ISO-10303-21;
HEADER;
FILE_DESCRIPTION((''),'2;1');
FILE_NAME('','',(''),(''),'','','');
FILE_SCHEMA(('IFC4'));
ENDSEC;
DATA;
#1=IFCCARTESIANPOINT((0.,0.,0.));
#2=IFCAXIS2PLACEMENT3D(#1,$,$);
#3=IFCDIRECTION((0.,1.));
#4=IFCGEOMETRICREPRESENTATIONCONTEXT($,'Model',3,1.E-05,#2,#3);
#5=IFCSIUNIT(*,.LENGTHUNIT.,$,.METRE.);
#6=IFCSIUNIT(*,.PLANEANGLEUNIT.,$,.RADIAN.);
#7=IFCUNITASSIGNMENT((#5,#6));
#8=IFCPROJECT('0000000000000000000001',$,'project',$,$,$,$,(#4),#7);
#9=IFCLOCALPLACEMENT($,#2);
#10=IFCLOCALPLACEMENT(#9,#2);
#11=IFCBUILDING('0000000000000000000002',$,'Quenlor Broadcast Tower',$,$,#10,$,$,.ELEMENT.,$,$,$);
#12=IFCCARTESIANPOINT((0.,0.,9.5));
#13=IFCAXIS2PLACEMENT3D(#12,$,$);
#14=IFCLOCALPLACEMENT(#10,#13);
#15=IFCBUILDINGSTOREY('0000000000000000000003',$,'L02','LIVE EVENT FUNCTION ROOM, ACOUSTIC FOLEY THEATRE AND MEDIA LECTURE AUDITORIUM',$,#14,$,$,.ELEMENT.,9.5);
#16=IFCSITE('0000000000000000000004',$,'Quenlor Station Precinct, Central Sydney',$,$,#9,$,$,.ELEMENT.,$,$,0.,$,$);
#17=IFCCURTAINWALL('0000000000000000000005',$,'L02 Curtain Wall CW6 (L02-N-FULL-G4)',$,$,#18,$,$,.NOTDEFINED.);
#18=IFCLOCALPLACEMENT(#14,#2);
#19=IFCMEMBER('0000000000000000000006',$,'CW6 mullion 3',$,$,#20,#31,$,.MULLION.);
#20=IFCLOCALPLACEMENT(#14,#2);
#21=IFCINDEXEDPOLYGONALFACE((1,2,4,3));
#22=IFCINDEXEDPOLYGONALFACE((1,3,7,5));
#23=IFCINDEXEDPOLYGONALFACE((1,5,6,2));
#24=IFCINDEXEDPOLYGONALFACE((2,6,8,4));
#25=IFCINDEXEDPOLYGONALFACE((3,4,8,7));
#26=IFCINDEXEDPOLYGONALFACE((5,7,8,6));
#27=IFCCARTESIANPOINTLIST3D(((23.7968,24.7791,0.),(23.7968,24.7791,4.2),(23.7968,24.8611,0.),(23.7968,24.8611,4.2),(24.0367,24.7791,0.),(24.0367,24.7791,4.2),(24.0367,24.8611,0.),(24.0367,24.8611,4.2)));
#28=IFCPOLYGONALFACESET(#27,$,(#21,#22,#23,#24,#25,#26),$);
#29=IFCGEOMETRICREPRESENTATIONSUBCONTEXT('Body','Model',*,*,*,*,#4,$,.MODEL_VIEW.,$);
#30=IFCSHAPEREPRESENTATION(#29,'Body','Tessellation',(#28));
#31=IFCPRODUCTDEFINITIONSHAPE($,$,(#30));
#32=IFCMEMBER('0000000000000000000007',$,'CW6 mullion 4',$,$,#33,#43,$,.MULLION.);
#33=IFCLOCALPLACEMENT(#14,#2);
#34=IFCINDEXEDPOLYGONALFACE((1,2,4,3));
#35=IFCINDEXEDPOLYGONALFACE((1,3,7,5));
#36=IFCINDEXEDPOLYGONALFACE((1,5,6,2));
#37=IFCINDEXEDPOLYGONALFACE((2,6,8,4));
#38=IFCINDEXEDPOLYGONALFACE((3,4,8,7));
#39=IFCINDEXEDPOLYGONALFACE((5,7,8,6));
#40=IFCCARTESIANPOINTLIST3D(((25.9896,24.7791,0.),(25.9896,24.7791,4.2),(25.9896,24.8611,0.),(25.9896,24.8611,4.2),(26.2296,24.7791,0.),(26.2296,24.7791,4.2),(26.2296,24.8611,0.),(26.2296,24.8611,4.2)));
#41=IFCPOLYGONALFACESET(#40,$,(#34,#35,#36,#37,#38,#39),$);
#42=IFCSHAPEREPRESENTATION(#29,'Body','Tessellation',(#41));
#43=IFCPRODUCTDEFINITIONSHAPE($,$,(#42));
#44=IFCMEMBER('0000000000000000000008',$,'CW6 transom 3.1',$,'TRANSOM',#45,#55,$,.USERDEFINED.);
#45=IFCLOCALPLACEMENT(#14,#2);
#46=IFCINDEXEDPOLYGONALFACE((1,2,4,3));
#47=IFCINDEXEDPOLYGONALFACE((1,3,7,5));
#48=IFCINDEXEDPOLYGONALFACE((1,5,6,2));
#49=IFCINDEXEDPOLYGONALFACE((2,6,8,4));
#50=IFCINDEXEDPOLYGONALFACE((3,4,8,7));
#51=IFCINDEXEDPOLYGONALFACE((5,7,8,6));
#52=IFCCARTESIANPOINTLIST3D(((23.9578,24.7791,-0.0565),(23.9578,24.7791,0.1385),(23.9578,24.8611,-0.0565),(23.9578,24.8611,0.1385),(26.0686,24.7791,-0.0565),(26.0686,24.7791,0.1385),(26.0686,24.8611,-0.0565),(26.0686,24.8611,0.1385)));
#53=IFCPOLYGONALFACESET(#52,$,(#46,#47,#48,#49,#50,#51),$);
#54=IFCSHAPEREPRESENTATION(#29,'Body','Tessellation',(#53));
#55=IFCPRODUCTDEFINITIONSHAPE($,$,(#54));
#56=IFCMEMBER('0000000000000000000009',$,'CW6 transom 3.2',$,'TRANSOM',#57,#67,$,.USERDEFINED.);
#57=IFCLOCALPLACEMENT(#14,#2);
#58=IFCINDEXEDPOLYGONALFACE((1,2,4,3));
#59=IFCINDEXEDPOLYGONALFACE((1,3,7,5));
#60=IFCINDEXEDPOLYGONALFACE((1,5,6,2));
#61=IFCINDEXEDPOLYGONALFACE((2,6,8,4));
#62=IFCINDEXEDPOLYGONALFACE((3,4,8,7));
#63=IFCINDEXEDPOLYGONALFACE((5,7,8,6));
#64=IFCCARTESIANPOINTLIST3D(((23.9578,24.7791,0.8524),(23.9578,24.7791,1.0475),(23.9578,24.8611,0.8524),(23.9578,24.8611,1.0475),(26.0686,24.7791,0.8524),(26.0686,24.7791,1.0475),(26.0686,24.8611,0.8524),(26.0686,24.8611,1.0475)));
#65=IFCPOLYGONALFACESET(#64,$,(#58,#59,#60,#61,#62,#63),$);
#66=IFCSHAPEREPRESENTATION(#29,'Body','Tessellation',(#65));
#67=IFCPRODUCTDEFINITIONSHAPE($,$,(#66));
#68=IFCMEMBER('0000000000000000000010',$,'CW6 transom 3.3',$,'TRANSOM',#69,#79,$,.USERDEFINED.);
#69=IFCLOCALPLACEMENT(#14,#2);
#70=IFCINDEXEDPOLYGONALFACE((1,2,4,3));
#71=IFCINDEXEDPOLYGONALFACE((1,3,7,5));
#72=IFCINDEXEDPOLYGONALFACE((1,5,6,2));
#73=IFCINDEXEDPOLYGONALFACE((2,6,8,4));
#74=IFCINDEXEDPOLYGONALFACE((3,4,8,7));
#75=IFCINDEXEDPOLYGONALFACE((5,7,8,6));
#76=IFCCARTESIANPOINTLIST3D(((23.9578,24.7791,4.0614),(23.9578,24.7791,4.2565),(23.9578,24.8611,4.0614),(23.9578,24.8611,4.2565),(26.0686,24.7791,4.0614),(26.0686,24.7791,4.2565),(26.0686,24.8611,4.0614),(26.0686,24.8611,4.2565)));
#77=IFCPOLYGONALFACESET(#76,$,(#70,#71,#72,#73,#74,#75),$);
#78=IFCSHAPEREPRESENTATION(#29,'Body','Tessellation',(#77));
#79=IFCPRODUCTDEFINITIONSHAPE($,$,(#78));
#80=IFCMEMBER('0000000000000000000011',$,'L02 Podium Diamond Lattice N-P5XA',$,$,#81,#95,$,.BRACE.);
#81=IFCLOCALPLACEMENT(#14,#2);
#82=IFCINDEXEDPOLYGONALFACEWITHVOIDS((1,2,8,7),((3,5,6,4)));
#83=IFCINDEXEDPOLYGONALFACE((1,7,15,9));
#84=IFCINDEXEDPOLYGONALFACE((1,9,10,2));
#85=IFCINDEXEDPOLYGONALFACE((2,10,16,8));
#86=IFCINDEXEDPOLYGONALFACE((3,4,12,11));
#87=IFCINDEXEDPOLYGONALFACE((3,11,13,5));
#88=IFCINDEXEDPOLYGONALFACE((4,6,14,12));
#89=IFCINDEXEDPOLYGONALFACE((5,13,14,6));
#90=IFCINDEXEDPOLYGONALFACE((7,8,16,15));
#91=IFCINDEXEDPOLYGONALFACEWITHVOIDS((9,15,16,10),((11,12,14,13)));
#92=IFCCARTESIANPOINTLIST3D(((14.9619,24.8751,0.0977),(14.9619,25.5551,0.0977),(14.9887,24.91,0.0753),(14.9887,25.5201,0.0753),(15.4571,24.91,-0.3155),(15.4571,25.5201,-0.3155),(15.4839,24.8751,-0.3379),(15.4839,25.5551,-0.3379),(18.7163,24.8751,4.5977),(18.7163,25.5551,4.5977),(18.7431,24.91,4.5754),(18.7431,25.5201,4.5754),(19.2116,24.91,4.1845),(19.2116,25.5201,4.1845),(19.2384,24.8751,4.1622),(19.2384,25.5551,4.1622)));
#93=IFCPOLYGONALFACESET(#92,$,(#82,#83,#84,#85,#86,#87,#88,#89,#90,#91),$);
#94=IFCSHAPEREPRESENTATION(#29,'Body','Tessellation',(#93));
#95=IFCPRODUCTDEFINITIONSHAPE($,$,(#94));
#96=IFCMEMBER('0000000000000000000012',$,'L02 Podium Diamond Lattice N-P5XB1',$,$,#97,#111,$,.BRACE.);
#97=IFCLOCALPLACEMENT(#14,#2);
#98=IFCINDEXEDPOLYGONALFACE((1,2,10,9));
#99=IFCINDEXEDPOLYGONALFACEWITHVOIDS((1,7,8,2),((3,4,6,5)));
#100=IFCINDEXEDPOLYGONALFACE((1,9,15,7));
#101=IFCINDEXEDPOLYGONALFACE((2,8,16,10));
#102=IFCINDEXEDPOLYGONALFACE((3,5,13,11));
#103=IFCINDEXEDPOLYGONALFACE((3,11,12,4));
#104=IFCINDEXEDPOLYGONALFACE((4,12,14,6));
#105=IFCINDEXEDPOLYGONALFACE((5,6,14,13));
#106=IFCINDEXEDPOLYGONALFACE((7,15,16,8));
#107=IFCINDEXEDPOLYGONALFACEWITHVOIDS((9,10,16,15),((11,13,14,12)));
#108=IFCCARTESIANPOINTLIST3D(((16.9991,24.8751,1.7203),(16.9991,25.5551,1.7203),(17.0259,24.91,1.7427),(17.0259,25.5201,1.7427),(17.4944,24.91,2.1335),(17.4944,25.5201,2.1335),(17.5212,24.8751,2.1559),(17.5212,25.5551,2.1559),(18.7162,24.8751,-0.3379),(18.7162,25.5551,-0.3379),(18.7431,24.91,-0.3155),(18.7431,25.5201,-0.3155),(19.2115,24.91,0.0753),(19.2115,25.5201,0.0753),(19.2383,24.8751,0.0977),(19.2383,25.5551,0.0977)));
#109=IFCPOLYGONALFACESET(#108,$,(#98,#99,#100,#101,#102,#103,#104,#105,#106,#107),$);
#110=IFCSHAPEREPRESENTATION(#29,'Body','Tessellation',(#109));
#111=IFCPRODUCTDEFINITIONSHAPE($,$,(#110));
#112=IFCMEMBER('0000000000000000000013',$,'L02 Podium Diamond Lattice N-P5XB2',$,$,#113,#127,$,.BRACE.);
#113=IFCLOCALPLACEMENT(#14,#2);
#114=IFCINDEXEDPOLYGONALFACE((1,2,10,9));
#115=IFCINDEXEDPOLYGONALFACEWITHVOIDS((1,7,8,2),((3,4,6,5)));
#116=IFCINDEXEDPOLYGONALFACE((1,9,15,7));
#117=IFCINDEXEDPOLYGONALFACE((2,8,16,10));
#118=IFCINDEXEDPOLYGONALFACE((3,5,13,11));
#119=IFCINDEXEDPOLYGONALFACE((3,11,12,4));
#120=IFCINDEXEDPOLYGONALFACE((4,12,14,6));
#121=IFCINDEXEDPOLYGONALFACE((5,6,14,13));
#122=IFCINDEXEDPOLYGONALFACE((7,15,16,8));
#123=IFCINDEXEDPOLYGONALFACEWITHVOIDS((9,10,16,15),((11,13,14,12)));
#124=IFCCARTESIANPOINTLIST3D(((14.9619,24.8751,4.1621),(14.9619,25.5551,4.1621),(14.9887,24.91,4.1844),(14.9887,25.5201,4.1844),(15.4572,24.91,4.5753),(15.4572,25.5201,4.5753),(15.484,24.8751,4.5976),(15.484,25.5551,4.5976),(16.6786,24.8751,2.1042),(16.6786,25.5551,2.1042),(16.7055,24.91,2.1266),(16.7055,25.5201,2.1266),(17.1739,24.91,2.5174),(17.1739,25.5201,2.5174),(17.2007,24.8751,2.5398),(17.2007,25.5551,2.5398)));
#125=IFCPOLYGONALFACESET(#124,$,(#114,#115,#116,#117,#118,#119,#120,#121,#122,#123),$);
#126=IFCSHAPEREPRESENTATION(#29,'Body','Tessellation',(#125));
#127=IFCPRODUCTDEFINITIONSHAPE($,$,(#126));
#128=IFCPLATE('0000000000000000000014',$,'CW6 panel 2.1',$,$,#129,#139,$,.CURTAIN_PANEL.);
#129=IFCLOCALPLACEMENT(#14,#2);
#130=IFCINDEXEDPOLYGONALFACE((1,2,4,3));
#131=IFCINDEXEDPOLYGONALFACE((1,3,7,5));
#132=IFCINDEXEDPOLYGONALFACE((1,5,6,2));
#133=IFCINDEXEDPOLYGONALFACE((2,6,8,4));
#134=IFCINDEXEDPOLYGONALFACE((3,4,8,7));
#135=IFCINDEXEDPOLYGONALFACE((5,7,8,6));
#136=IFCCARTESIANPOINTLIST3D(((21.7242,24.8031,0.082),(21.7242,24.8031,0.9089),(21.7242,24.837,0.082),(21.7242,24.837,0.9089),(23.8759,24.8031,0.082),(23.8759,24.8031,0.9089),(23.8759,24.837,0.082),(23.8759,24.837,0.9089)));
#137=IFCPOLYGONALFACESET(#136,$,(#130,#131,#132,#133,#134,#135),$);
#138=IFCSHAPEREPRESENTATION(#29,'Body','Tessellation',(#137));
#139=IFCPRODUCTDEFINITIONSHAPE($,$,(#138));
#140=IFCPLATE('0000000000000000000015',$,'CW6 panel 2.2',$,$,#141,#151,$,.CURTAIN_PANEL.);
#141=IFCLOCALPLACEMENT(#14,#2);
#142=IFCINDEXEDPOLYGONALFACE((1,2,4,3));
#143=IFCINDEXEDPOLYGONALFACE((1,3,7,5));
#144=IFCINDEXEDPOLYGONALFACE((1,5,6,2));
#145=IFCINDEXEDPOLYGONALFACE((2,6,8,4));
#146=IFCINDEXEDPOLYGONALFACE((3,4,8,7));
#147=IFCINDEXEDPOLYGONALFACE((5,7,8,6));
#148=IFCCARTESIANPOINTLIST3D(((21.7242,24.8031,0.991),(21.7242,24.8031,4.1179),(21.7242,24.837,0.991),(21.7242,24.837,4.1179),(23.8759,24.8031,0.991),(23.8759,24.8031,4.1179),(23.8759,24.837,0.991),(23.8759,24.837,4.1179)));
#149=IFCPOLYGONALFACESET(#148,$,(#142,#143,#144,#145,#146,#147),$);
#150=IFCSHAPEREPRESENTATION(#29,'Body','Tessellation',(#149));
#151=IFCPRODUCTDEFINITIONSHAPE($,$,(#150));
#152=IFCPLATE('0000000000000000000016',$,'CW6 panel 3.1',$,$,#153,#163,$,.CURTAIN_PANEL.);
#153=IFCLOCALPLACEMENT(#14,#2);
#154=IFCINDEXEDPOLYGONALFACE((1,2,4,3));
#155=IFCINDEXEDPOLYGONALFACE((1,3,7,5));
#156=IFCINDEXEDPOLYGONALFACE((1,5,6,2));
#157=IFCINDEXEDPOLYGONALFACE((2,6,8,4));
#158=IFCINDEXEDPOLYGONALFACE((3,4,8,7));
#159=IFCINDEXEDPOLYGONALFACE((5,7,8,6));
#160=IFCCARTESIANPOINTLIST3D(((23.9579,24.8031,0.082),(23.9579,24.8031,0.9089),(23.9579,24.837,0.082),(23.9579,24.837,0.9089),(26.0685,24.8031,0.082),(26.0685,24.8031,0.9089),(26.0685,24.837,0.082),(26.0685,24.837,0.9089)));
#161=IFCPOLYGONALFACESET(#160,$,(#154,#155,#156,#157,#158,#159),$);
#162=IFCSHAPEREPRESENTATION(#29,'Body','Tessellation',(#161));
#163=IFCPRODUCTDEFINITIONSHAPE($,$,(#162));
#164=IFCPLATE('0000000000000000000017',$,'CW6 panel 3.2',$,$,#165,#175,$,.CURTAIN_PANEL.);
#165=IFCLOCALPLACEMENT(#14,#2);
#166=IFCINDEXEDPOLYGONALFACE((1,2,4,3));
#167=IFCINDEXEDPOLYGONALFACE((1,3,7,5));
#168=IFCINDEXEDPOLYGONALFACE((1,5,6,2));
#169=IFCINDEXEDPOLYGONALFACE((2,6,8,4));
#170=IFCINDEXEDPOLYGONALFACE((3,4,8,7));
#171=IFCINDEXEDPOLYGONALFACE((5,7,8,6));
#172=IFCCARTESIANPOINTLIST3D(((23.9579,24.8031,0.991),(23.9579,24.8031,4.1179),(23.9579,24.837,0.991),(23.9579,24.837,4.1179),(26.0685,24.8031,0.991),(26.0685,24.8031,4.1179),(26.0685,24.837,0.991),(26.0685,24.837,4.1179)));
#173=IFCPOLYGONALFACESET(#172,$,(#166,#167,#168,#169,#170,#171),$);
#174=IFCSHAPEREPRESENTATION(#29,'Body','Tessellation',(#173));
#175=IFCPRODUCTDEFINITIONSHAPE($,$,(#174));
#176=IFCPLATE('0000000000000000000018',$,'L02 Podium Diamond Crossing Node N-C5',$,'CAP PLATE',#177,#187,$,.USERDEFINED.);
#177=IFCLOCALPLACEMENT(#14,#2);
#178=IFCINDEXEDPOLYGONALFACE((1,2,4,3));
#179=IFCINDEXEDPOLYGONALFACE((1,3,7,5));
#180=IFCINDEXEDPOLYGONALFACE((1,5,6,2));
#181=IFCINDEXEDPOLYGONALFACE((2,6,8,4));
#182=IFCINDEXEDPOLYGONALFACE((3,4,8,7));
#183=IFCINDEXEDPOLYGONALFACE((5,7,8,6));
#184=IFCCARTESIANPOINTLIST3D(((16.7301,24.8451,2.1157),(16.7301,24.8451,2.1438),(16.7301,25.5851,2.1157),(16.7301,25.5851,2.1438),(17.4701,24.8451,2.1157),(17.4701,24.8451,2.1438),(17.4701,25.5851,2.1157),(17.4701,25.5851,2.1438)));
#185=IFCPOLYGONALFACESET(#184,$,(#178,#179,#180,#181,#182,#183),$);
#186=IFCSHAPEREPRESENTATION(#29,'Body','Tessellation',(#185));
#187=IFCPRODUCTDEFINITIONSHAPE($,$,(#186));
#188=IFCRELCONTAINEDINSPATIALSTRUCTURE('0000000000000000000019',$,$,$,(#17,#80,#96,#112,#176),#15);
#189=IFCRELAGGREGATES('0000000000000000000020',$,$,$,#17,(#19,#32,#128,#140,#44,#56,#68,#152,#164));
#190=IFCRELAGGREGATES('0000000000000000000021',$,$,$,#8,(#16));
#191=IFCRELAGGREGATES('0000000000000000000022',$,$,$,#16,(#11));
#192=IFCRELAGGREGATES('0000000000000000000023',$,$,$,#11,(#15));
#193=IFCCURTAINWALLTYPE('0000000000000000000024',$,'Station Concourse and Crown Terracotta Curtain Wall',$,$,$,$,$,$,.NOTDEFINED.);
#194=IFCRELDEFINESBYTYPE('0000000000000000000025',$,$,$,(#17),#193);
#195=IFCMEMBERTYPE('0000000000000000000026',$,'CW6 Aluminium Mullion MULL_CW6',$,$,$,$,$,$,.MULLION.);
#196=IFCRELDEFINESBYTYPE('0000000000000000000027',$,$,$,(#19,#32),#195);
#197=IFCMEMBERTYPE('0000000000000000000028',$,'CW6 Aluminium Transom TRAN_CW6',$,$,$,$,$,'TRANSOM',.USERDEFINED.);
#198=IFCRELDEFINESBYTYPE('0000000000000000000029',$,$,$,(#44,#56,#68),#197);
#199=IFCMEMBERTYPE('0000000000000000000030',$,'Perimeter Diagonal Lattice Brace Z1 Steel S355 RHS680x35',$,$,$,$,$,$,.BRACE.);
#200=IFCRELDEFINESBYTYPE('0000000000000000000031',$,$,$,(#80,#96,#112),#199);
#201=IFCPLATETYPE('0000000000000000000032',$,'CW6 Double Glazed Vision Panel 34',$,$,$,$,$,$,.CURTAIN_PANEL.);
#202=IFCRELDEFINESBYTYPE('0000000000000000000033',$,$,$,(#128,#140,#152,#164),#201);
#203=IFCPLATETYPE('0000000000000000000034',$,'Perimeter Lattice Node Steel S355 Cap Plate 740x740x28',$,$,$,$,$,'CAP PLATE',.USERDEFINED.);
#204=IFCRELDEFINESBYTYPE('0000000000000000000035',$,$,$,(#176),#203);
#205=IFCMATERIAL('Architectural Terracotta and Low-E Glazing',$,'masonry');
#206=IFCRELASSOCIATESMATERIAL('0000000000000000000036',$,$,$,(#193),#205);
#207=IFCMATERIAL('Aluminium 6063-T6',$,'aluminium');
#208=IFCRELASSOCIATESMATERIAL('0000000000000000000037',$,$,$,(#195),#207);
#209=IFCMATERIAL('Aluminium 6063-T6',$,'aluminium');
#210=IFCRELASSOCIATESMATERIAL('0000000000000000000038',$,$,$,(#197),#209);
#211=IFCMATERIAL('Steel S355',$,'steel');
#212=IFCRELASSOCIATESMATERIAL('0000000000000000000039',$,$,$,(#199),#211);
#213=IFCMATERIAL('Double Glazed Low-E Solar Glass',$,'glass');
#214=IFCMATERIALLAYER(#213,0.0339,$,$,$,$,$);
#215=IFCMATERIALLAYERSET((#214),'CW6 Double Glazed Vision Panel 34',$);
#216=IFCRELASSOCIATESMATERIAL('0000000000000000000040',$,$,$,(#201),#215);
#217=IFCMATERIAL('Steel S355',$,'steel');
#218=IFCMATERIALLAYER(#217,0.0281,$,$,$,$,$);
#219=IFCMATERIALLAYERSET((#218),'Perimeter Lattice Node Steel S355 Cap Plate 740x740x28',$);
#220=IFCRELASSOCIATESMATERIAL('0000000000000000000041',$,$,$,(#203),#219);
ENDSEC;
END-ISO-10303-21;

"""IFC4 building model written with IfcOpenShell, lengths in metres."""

from ifc_helpers import new_model, si_unit, direction, frame, origin, origin_2d, place, context, subcontext, project, spatial, rectangle, hollow_rectangle, extrude, material, layer, layer_set, material_profile, profile_set, type_object, element, aggregate, save


model = new_model("IFC4")

# Units and contexts
model_context = context("Model", 3, precision=1e-05, world=origin(), true_north=direction((0.0, 1.0)))
body_context = subcontext(model_context, "Body", "Model", "MODEL_VIEW")
ifc_project = project(units=[si_unit("LENGTHUNIT", "METRE"), si_unit("PLANEANGLEUNIT", "RADIAN")], contexts=[model_context])

# Site, building, storey
site_placement = place(None, origin())
site = spatial("IfcSite", under=ifc_project, at=site_placement, Name="Quenlor Station Precinct, Central Sydney", CompositionType="ELEMENT", RefElevation=0.0)
building_placement = place(site_placement, origin())
building = spatial("IfcBuilding", under=site, at=building_placement, Name="Quenlor Broadcast Tower", CompositionType="ELEMENT")
storey_placement = place(building_placement, frame((0.0, 0.0, 9.5)))
storey = spatial("IfcBuildingStorey", under=building, at=storey_placement, Name="L02", Description="LIVE EVENT FUNCTION ROOM, ACOUSTIC FOLEY THEATRE AND MEDIA LECTURE AUDITORIUM", CompositionType="ELEMENT", Elevation=9.5)

# Curtain wall, members
ifc_material_1 = material(Name="Architectural Terracotta and Low-E Glazing", Category="masonry")
curtain_wall_type = type_object("IfcCurtainWallType", Name="Station Concourse and Crown Terracotta Curtain Wall", PredefinedType="NOTDEFINED", material=ifc_material_1)
curtain_wall_placement = place(storey_placement, origin())
curtain_wall = element("IfcCurtainWall", 1, at=curtain_wall_placement, inside=storey, type_object=curtain_wall_type, Name="L02 Curtain Wall CW6 (L02-N-FULL-G4)", PredefinedType="NOTDEFINED")
ifc_material_2 = material(Name="Aluminium 6063-T6", Category="aluminium")
ifc_material_profile_1 = material_profile(ifc_material_2, rectangle(XDim=0.082, YDim=0.24, at=origin_2d()))
ifc_profile_set_1 = profile_set([ifc_material_profile_1], Name="Aluminium 6063-T6 MULL82x240")
member_type_1 = type_object("IfcMemberType", Name="CW6 Aluminium Mullion MULL_CW6", PredefinedType="MULLION", material=ifc_profile_set_1)
member_1_placement = place(storey_placement, frame((23.9167, 24.8201, 0.0), z_axis=(0.0, 0.0, 1.0), x_axis=(0.0, 1.0, 0.0)))
member_1 = element("IfcMember", 2, at=member_1_placement, type_object=member_type_1, Name="CW6 mullion 3", PredefinedType="MULLION", context=body_context, shape_type="SweptSolid", body=[
    extrude(rectangle(XDim=0.082, YDim=0.24, at=origin_2d()), origin(), (0.0, 0.0, 1.0), 4.2),
])
member_2_placement = place(storey_placement, frame((26.1096, 24.8201, 0.0), z_axis=(0.0, 0.0, 1.0), x_axis=(0.0, 1.0, 0.0)))
member_2 = element("IfcMember", 3, at=member_2_placement, type_object=member_type_1, Name="CW6 mullion 4", PredefinedType="MULLION", context=body_context, shape_type="SweptSolid", body=[
    extrude(rectangle(XDim=0.082, YDim=0.24, at=origin_2d()), origin(), (0.0, 0.0, 1.0), 4.2),
])
ifc_material_3 = material(Name="Aluminium 6063-T6", Category="aluminium")
ifc_material_profile_2 = material_profile(ifc_material_3, rectangle(XDim=0.082, YDim=0.1951, at=origin_2d()))
ifc_profile_set_2 = profile_set([ifc_material_profile_2], Name="Aluminium 6063-T6 TRAN82x195")
member_type_2 = type_object("IfcMemberType", Name="CW6 Aluminium Transom TRAN_CW6", ElementType="TRANSOM", PredefinedType="USERDEFINED", material=ifc_profile_set_2)
member_3_placement = place(storey_placement, frame((23.9578, 24.8201, 0.041), z_axis=(1.0, 0.0, 0.0), x_axis=(0.0, 1.0, 0.0)))
member_3 = element("IfcMember", 4, at=member_3_placement, type_object=member_type_2, Name="CW6 transom 3.1", ObjectType="TRANSOM", PredefinedType="USERDEFINED", context=body_context, shape_type="SweptSolid", body=[
    extrude(rectangle(XDim=0.082, YDim=0.1951, at=origin_2d()), origin(), (0.0, 0.0, 1.0), 2.1108),
])
member_4_placement = place(storey_placement, frame((23.9578, 24.8201, 0.95), z_axis=(1.0, 0.0, 0.0), x_axis=(0.0, 1.0, 0.0)))
member_4 = element("IfcMember", 5, at=member_4_placement, type_object=member_type_2, Name="CW6 transom 3.2", ObjectType="TRANSOM", PredefinedType="USERDEFINED", context=body_context, shape_type="SweptSolid", body=[
    extrude(rectangle(XDim=0.082, YDim=0.1951, at=origin_2d()), origin(), (0.0, 0.0, 1.0), 2.1108),
])
member_5_placement = place(storey_placement, frame((23.9578, 24.8201, 4.1589), z_axis=(1.0, 0.0, 0.0), x_axis=(0.0, 1.0, 0.0)))
member_5 = element("IfcMember", 6, at=member_5_placement, type_object=member_type_2, Name="CW6 transom 3.3", ObjectType="TRANSOM", PredefinedType="USERDEFINED", context=body_context, shape_type="SweptSolid", body=[
    extrude(rectangle(XDim=0.082, YDim=0.1951, at=origin_2d()), origin(), (0.0, 0.0, 1.0), 2.1108),
])

# Members
ifc_material_4 = material(Name="Steel S355", Category="steel")
ifc_material_profile_3 = material_profile(ifc_material_4, hollow_rectangle(XDim=0.6799, YDim=0.6799, WallThickness=0.0349, at=origin_2d()))
ifc_profile_set_3 = profile_set([ifc_material_profile_3], Name="Steel S355 RHS680x680x35")
member_type_3 = type_object("IfcMemberType", Name="Perimeter Diagonal Lattice Brace Z1 Steel S355 RHS680x35", PredefinedType="BRACE", material=ifc_profile_set_3)
member_6_placement = place(storey_placement, frame((15.2229, 25.2151, -0.1201), z_axis=(0.640627, 0.0, 0.767852), x_axis=(0.0, 1.0, 0.0)))
element("IfcMember", 7, at=member_6_placement, inside=storey, type_object=member_type_3, Name="L02 Podium Diamond Lattice N-P5XA", PredefinedType="BRACE", context=body_context, shape_type="SweptSolid", body=[
    extrude(hollow_rectangle(XDim=0.6799, YDim=0.6799, WallThickness=0.0349, at=origin_2d()), origin(), (0.0, 0.0, 1.0), 5.8606),
])
member_7_placement = place(storey_placement, frame((18.9773, 25.2151, -0.1201), z_axis=(-0.640614, 0.0, 0.767863), x_axis=(0.0, -1.0, 0.0)))
element("IfcMember", 8, at=member_7_placement, inside=storey, type_object=member_type_3, Name="L02 Podium Diamond Lattice N-P5XB1", PredefinedType="BRACE", context=body_context, shape_type="SweptSolid", body=[
    extrude(hollow_rectangle(XDim=0.6799, YDim=0.6799, WallThickness=0.0349, at=origin_2d()), origin(), (0.0, 0.0, 1.0), 2.6804),
])
member_8_placement = place(storey_placement, frame((16.9397, 25.2151, 2.322), z_axis=(-0.640605, 0.0, 0.76787), x_axis=(0.0, -1.0, 0.0)))
element("IfcMember", 9, at=member_8_placement, inside=storey, type_object=member_type_3, Name="L02 Podium Diamond Lattice N-P5XB2", PredefinedType="BRACE", context=body_context, shape_type="SweptSolid", body=[
    extrude(hollow_rectangle(XDim=0.6799, YDim=0.6799, WallThickness=0.0349, at=origin_2d()), origin(), (0.0, 0.0, 1.0), 2.6799),
])

# Plates
ifc_material_5 = material(Name="Double Glazed Low-E Solar Glass", Category="glass")
ifc_layer_1 = layer(ifc_material_5, 0.0339)
ifc_layer_set_1 = layer_set([ifc_layer_1], Name="CW6 Double Glazed Vision Panel 34")
plate_type_1 = type_object("IfcPlateType", Name="CW6 Double Glazed Vision Panel 34", PredefinedType="CURTAIN_PANEL", material=ifc_layer_set_1)
plate_1_placement = place(storey_placement, frame((22.8, 24.8201, 0.082), z_axis=(0.0, 0.0, 1.0), x_axis=(1.0, 0.0, 0.0)))
plate_1 = element("IfcPlate", 10, at=plate_1_placement, type_object=plate_type_1, Name="CW6 panel 2.1", PredefinedType="CURTAIN_PANEL", context=body_context, shape_type="SweptSolid", body=[
    extrude(rectangle(XDim=2.1516, YDim=0.0339, at=origin_2d()), origin(), (0.0, 0.0, 1.0), 0.8269),
])
plate_2_placement = place(storey_placement, frame((22.8, 24.8201, 0.991), z_axis=(0.0, 0.0, 1.0), x_axis=(1.0, 0.0, 0.0)))
plate_2 = element("IfcPlate", 11, at=plate_2_placement, type_object=plate_type_1, Name="CW6 panel 2.2", PredefinedType="CURTAIN_PANEL", context=body_context, shape_type="SweptSolid", body=[
    extrude(rectangle(XDim=2.1516, YDim=0.0339, at=origin_2d()), origin(), (0.0, 0.0, 1.0), 3.127),
])
plate_3_placement = place(storey_placement, frame((25.0132, 24.8201, 0.082), z_axis=(0.0, 0.0, 1.0), x_axis=(1.0, 0.0, 0.0)))
plate_3 = element("IfcPlate", 12, at=plate_3_placement, type_object=plate_type_1, Name="CW6 panel 3.1", PredefinedType="CURTAIN_PANEL", context=body_context, shape_type="SweptSolid", body=[
    extrude(rectangle(XDim=2.1106, YDim=0.0339, at=origin_2d()), origin(), (0.0, 0.0, 1.0), 0.8269),
])
plate_4_placement = place(storey_placement, frame((25.0132, 24.8201, 0.991), z_axis=(0.0, 0.0, 1.0), x_axis=(1.0, 0.0, 0.0)))
plate_4 = element("IfcPlate", 13, at=plate_4_placement, type_object=plate_type_1, Name="CW6 panel 3.2", PredefinedType="CURTAIN_PANEL", context=body_context, shape_type="SweptSolid", body=[
    extrude(rectangle(XDim=2.1106, YDim=0.0339, at=origin_2d()), origin(), (0.0, 0.0, 1.0), 3.127),
])
aggregate(curtain_wall, [member_1, member_2, plate_1, plate_2, member_3, member_4, member_5, plate_3, plate_4])

# Plate
ifc_material_6 = material(Name="Steel S355", Category="steel")
ifc_layer_2 = layer(ifc_material_6, 0.0281)
ifc_layer_set_2 = layer_set([ifc_layer_2], Name="Perimeter Lattice Node Steel S355 Cap Plate 740x740x28")
plate_type_2 = type_object("IfcPlateType", Name="Perimeter Lattice Node Steel S355 Cap Plate 740x740x28", ElementType="CAP PLATE", PredefinedType="USERDEFINED", material=ifc_layer_set_2)
plate_5_placement = place(storey_placement, frame((17.1001, 25.2151, 2.1157), z_axis=(0.0, 0.0, 1.0), x_axis=(1.0, 0.0, 0.0)))
element("IfcPlate", 14, at=plate_5_placement, inside=storey, type_object=plate_type_2, Name="L02 Podium Diamond Crossing Node N-C5", ObjectType="CAP PLATE", PredefinedType="USERDEFINED", context=body_context, shape_type="SweptSolid", body=[
    extrude(rectangle(XDim=0.74, YDim=0.74, at=origin_2d()), origin(), (0.0, 0.0, 1.0), 0.0281),
])

save(model, "model.ifc")
